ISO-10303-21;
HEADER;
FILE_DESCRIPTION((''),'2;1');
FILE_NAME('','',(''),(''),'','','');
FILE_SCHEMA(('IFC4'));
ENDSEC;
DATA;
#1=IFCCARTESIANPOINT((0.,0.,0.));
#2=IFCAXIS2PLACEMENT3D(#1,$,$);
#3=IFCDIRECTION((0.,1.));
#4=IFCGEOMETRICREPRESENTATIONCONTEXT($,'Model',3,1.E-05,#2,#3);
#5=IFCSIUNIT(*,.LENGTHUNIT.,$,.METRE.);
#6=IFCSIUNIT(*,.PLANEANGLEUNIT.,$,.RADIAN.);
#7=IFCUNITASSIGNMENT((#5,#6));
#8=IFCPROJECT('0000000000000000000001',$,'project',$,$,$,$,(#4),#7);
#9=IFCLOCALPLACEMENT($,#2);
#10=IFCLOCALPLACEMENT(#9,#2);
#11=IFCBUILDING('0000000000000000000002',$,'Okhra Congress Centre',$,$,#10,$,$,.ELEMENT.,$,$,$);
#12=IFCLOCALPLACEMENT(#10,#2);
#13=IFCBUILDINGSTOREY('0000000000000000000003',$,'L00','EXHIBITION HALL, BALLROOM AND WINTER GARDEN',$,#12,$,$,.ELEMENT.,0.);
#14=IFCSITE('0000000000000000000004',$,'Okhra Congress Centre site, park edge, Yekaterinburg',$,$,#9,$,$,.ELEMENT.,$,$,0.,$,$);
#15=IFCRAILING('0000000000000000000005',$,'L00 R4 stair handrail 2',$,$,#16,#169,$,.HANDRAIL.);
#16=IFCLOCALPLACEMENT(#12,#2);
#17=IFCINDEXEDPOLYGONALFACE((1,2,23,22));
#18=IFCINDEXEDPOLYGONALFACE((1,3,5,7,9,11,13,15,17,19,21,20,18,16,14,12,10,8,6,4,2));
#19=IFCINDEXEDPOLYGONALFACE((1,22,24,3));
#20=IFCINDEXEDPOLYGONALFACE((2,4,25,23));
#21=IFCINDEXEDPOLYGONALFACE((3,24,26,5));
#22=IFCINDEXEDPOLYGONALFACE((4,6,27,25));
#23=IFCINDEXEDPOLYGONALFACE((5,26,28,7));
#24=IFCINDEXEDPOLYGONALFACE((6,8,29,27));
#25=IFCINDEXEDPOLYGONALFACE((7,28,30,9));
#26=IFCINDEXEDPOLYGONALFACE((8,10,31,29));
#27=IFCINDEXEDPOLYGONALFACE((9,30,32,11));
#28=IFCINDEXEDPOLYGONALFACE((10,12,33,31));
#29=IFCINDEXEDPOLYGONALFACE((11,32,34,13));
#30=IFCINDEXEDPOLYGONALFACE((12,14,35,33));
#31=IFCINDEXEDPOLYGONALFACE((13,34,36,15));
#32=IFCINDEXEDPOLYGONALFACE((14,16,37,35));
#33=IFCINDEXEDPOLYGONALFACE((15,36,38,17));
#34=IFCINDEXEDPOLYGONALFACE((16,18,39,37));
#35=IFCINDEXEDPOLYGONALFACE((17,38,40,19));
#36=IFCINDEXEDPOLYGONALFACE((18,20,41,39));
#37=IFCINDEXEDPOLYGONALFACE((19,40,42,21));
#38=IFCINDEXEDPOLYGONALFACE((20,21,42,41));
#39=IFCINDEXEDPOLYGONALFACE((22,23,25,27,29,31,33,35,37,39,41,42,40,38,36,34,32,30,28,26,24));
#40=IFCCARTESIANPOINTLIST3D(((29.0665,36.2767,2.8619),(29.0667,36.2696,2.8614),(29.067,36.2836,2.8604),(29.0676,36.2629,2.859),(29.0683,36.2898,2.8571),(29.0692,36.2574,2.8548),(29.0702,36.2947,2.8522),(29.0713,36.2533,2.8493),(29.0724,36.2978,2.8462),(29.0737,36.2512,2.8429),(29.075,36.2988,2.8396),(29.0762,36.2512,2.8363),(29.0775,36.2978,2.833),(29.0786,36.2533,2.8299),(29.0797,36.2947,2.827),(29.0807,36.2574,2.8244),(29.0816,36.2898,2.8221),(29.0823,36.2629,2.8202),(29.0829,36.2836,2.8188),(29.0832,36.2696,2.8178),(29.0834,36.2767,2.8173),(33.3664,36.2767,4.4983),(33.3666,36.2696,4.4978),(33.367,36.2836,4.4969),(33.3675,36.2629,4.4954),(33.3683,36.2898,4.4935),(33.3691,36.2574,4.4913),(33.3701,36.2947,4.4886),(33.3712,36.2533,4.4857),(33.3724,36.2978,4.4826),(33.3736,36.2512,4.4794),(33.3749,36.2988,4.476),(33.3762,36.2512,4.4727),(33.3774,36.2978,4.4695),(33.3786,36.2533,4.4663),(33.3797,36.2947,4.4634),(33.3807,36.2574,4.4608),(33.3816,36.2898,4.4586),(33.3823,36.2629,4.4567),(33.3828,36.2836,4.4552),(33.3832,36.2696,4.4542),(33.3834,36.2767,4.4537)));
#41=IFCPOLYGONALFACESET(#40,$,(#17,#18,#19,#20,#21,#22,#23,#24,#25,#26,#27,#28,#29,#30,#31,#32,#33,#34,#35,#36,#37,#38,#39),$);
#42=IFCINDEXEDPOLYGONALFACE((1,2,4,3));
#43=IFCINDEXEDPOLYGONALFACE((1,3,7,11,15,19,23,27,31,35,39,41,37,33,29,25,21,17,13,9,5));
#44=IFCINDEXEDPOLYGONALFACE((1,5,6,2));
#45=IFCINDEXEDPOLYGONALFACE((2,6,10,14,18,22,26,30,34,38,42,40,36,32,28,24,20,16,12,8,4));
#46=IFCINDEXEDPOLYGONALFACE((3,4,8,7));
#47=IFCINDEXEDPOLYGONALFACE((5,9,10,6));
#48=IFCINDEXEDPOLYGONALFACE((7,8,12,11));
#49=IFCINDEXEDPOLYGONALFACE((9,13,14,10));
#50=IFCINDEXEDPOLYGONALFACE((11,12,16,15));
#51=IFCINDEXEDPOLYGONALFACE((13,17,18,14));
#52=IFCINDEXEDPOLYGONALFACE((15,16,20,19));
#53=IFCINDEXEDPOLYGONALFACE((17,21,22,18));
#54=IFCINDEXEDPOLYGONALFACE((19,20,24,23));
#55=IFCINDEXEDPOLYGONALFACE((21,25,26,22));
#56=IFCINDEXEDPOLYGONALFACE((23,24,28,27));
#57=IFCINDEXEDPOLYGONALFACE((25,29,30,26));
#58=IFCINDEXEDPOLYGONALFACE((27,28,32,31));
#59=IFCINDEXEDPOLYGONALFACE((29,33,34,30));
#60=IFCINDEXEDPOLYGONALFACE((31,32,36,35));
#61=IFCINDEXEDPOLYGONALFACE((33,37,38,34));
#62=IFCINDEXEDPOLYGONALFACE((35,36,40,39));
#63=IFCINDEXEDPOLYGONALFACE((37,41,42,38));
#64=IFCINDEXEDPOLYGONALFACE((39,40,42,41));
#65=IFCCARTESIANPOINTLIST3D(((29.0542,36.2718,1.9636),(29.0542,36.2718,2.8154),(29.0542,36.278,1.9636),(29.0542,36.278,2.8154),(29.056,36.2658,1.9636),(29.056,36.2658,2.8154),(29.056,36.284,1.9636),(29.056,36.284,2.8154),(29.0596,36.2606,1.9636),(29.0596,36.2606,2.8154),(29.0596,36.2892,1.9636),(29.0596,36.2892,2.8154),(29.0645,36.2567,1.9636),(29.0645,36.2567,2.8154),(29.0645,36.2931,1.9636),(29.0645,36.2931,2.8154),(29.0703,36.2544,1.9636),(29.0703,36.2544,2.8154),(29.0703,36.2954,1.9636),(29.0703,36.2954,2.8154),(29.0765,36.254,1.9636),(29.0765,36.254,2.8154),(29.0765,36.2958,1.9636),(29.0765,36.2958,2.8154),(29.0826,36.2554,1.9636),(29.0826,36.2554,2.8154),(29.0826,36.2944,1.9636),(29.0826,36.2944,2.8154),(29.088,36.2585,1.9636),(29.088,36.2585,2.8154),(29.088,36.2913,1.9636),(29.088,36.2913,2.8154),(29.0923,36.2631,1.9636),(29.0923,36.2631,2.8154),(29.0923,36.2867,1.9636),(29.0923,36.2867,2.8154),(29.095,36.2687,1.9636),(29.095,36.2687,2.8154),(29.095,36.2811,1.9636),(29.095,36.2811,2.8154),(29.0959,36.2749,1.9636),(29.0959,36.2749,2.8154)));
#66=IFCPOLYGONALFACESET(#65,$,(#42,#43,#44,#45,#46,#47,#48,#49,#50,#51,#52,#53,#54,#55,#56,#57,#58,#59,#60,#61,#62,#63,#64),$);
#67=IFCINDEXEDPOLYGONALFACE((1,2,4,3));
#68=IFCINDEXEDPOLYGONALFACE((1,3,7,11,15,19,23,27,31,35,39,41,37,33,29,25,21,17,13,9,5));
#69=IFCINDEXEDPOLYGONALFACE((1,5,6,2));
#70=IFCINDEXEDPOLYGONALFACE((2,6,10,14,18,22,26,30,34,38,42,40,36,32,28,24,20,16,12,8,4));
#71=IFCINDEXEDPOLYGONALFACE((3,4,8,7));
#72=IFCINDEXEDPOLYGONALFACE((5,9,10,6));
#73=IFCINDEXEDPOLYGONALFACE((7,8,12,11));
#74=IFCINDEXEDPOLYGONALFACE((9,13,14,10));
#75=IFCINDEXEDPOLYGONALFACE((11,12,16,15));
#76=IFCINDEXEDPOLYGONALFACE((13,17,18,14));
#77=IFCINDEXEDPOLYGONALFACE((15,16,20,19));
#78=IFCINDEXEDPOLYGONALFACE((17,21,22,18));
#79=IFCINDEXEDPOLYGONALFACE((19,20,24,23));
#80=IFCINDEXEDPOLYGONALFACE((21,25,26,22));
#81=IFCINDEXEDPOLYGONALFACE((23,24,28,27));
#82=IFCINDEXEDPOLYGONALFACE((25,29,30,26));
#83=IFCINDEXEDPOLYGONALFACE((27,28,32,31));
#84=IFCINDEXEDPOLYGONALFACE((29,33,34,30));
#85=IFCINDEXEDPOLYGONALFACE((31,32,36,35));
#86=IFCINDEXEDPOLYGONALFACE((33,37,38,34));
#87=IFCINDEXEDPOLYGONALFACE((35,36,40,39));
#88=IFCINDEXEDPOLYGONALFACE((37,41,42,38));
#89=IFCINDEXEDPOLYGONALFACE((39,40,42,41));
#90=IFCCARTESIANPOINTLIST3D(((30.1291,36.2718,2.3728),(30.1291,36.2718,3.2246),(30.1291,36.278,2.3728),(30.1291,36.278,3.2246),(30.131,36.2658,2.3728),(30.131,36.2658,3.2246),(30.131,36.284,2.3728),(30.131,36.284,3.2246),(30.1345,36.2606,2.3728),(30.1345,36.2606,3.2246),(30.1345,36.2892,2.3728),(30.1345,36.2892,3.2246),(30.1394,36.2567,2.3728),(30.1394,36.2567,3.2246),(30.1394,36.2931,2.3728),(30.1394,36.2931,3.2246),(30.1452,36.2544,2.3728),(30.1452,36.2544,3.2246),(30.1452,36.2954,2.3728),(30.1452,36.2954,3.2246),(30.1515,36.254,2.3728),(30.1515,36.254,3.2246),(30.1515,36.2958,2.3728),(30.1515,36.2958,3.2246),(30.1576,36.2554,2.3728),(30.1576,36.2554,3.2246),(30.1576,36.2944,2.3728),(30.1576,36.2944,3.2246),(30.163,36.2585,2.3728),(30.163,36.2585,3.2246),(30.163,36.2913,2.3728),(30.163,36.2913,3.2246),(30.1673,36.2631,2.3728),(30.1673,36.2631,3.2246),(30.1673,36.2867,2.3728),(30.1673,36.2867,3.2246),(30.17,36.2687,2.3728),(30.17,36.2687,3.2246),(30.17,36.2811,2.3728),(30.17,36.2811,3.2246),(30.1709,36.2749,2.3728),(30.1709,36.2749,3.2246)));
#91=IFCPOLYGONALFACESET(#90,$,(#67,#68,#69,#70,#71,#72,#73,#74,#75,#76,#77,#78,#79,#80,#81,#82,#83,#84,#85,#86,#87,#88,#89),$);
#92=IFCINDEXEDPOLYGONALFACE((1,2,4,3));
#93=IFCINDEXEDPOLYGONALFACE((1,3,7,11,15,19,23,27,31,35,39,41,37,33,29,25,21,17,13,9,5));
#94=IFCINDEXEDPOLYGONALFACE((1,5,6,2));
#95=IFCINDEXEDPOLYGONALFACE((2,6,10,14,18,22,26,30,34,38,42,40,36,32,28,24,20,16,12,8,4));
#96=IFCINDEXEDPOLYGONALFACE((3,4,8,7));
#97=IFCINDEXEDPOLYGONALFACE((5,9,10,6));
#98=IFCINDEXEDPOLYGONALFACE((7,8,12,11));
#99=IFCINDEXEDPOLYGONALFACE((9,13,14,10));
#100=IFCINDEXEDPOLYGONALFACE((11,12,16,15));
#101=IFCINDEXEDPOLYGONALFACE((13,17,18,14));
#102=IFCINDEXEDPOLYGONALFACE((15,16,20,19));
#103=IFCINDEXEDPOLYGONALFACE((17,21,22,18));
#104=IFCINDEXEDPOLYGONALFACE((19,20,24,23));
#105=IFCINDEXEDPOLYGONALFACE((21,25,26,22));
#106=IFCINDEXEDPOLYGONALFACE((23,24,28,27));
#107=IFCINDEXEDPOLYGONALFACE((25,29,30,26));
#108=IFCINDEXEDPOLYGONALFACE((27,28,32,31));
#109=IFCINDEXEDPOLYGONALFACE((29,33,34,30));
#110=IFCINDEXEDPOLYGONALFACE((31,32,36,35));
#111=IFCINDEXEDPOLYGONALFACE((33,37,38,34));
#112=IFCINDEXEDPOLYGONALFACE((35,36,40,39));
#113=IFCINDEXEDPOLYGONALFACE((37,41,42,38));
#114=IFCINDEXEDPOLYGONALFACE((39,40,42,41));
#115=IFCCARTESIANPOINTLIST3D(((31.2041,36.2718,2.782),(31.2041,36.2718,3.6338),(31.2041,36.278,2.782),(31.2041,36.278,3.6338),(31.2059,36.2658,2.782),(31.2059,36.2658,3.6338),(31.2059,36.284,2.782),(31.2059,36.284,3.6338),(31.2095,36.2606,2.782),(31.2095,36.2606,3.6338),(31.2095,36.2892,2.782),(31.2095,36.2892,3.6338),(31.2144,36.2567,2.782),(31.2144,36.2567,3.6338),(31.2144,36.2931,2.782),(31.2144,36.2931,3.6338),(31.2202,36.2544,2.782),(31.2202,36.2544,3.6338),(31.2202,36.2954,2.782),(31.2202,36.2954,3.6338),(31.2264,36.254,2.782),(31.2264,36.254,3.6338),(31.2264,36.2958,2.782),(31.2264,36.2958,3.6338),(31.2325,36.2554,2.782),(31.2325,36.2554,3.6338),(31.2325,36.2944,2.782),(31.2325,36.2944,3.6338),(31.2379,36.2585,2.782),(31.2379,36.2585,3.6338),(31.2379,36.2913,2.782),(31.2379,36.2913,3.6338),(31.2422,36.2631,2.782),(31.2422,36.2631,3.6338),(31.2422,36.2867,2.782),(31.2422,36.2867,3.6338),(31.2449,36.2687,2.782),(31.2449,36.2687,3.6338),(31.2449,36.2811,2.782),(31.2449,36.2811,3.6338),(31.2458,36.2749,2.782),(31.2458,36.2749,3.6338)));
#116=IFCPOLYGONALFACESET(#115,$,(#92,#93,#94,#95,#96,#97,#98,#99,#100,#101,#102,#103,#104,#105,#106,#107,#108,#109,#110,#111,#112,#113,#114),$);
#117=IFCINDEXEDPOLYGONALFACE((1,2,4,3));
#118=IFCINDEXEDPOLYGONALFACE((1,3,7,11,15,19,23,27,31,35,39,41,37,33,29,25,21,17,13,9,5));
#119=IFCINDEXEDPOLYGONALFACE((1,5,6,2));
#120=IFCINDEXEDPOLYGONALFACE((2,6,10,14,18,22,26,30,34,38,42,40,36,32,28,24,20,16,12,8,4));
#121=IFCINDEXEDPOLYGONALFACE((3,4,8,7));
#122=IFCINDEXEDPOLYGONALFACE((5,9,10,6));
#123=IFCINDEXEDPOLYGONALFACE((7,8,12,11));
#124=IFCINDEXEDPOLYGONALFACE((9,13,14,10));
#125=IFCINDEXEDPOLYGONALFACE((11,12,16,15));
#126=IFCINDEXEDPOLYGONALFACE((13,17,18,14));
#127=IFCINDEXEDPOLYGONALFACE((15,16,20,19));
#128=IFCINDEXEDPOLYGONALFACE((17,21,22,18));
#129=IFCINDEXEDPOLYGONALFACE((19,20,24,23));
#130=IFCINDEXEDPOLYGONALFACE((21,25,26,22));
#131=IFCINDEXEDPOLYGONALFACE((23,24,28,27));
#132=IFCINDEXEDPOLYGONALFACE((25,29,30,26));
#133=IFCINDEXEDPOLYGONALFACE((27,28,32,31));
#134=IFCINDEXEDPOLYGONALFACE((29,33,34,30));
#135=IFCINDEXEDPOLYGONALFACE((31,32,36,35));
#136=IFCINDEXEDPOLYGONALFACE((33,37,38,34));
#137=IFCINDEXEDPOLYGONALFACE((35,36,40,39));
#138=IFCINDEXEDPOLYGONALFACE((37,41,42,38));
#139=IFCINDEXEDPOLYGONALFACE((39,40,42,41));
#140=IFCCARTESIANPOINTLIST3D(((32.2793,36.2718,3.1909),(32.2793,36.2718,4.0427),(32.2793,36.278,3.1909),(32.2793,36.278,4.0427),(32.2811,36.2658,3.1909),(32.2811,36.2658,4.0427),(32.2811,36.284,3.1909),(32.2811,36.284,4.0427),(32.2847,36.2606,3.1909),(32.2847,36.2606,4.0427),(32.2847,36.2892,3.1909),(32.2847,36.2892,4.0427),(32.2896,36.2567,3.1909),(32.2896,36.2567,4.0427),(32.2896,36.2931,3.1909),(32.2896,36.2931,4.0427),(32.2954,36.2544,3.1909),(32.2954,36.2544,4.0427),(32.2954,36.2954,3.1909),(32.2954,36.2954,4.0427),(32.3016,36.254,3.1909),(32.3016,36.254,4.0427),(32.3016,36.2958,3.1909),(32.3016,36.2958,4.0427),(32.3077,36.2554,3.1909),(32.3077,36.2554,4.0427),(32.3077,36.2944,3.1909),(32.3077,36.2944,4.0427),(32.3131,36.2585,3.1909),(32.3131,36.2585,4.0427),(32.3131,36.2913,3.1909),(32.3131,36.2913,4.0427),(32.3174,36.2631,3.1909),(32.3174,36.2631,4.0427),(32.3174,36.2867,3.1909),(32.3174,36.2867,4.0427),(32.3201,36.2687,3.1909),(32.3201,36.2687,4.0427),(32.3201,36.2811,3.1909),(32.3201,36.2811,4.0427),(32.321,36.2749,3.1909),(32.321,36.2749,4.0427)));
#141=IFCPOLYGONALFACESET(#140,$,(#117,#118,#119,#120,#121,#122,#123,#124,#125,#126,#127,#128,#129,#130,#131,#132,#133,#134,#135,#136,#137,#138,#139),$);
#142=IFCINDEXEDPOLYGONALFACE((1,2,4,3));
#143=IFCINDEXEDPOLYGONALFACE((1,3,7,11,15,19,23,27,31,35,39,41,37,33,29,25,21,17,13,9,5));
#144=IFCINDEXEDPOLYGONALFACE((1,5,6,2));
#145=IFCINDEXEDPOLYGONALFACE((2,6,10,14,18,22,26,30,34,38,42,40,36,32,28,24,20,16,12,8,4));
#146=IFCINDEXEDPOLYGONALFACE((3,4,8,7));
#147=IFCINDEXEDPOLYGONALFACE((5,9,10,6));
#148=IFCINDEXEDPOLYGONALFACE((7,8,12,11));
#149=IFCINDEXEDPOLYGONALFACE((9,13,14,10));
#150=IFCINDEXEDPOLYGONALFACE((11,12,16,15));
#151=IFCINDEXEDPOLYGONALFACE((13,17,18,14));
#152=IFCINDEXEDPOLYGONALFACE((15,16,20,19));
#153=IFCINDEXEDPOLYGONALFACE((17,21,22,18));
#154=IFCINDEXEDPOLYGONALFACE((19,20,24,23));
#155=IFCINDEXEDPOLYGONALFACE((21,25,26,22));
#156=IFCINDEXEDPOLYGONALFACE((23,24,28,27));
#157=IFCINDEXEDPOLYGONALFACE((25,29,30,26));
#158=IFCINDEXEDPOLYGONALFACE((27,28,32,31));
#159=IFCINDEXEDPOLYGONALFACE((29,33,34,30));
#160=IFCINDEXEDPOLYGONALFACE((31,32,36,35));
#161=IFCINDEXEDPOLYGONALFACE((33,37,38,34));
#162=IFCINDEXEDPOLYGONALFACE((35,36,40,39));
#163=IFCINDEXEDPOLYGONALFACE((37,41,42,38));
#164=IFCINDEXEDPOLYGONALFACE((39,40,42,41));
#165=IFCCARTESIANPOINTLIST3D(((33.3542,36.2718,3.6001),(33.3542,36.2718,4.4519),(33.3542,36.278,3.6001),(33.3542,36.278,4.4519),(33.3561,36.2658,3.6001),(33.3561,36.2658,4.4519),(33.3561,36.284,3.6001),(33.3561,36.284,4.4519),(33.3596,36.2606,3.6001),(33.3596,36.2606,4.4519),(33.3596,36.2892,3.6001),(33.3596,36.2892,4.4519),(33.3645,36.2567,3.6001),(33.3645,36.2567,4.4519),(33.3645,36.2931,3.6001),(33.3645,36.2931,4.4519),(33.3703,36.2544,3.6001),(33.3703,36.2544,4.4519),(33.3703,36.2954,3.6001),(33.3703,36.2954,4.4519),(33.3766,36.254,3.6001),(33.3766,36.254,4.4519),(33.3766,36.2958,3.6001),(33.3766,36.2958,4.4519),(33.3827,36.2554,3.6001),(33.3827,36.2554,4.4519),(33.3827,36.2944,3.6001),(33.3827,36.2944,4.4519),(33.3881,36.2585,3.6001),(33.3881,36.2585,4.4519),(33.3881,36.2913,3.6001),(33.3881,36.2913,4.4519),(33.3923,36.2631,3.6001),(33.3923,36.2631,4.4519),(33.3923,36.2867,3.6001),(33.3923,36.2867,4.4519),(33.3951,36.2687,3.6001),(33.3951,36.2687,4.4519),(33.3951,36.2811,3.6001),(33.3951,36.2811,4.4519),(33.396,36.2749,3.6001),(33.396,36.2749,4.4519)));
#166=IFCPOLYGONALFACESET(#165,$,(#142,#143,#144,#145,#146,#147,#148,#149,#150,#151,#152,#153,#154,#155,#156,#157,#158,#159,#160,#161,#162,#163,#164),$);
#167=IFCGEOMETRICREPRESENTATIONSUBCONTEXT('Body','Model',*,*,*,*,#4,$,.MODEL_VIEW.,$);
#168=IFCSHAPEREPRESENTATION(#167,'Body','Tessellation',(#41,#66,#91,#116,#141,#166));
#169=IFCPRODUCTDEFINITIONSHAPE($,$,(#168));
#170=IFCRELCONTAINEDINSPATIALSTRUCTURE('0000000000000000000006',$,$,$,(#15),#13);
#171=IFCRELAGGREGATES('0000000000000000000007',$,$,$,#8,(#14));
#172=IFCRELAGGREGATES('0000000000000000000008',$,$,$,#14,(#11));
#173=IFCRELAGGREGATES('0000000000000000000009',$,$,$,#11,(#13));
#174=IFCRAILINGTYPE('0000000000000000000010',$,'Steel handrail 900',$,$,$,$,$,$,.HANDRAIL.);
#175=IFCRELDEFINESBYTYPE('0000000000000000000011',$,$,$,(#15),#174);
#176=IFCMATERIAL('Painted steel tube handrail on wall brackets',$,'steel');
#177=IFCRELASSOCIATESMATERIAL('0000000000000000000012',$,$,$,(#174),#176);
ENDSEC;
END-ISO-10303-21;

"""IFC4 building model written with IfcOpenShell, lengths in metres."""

from ifc_helpers import new_model, si_unit, direction, frame, origin, origin_2d, place, context, subcontext, project, spatial, circle, extrude, material, type_object, element, save


model = new_model("IFC4")

# Units and contexts
model_context = context("Model", 3, precision=1e-05, world=origin(), true_north=direction((0.0, 1.0)))
body_context = subcontext(model_context, "Body", "Model", "MODEL_VIEW")
ifc_project = project(units=[si_unit("LENGTHUNIT", "METRE"), si_unit("PLANEANGLEUNIT", "RADIAN")], contexts=[model_context])

# Site, building, storey
site_placement = place(None, origin())
site = spatial("IfcSite", under=ifc_project, at=site_placement, Name="Okhra Congress Centre site, park edge, Yekaterinburg", CompositionType="ELEMENT", RefElevation=0.0)
building_placement = place(site_placement, origin())
building = spatial("IfcBuilding", under=site, at=building_placement, Name="Okhra Congress Centre", CompositionType="ELEMENT")
storey_placement = place(building_placement, origin())
storey = spatial("IfcBuildingStorey", under=building, at=storey_placement, Name="L00", Description="EXHIBITION HALL, BALLROOM AND WINTER GARDEN", CompositionType="ELEMENT", Elevation=0.0)

# Railing
ifc_material_1 = material(Name="Painted steel tube handrail on wall brackets", Category="steel")
railing_type_1 = type_object("IfcRailingType", Name="Steel handrail 900", PredefinedType="HANDRAIL", material=ifc_material_1)
railing_1_placement = place(storey_placement, frame((29.075, 36.2749, 1.9636)))
element("IfcRailing", 1, at=railing_1_placement, inside=storey, type_object=railing_type_1, Name="L00 R4 stair handrail 2", PredefinedType="HANDRAIL", context=body_context, shape_type="SweptSolid", body=[
    extrude(circle(Radius=0.0239, at=origin_2d()), frame((0.0, 0.0, 0.876), z_axis=(0.934606, 0.0, 0.355684), x_axis=(0.0, 1.0, 0.0)), (0.0, 0.0, 1.0), 4.6008),
    extrude(circle(Radius=0.021, at=origin_2d()), origin(), (0.0, 0.0, 1.0), 0.8518),
    extrude(circle(Radius=0.021, at=origin_2d()), frame((1.075, 0.0, 0.4092)), (0.0, 0.0, 1.0), 0.8518),
    extrude(circle(Radius=0.021, at=origin_2d()), frame((2.1499, 0.0, 0.8184)), (0.0, 0.0, 1.0), 0.8518),
    extrude(circle(Radius=0.021, at=origin_2d()), frame((3.2251, 0.0, 1.2273)), (0.0, 0.0, 1.0), 0.8518),
    extrude(circle(Radius=0.021, at=origin_2d()), frame((4.3, 0.0, 1.6365)), (0.0, 0.0, 1.0), 0.8518),
])

save(model, "model.ifc")
